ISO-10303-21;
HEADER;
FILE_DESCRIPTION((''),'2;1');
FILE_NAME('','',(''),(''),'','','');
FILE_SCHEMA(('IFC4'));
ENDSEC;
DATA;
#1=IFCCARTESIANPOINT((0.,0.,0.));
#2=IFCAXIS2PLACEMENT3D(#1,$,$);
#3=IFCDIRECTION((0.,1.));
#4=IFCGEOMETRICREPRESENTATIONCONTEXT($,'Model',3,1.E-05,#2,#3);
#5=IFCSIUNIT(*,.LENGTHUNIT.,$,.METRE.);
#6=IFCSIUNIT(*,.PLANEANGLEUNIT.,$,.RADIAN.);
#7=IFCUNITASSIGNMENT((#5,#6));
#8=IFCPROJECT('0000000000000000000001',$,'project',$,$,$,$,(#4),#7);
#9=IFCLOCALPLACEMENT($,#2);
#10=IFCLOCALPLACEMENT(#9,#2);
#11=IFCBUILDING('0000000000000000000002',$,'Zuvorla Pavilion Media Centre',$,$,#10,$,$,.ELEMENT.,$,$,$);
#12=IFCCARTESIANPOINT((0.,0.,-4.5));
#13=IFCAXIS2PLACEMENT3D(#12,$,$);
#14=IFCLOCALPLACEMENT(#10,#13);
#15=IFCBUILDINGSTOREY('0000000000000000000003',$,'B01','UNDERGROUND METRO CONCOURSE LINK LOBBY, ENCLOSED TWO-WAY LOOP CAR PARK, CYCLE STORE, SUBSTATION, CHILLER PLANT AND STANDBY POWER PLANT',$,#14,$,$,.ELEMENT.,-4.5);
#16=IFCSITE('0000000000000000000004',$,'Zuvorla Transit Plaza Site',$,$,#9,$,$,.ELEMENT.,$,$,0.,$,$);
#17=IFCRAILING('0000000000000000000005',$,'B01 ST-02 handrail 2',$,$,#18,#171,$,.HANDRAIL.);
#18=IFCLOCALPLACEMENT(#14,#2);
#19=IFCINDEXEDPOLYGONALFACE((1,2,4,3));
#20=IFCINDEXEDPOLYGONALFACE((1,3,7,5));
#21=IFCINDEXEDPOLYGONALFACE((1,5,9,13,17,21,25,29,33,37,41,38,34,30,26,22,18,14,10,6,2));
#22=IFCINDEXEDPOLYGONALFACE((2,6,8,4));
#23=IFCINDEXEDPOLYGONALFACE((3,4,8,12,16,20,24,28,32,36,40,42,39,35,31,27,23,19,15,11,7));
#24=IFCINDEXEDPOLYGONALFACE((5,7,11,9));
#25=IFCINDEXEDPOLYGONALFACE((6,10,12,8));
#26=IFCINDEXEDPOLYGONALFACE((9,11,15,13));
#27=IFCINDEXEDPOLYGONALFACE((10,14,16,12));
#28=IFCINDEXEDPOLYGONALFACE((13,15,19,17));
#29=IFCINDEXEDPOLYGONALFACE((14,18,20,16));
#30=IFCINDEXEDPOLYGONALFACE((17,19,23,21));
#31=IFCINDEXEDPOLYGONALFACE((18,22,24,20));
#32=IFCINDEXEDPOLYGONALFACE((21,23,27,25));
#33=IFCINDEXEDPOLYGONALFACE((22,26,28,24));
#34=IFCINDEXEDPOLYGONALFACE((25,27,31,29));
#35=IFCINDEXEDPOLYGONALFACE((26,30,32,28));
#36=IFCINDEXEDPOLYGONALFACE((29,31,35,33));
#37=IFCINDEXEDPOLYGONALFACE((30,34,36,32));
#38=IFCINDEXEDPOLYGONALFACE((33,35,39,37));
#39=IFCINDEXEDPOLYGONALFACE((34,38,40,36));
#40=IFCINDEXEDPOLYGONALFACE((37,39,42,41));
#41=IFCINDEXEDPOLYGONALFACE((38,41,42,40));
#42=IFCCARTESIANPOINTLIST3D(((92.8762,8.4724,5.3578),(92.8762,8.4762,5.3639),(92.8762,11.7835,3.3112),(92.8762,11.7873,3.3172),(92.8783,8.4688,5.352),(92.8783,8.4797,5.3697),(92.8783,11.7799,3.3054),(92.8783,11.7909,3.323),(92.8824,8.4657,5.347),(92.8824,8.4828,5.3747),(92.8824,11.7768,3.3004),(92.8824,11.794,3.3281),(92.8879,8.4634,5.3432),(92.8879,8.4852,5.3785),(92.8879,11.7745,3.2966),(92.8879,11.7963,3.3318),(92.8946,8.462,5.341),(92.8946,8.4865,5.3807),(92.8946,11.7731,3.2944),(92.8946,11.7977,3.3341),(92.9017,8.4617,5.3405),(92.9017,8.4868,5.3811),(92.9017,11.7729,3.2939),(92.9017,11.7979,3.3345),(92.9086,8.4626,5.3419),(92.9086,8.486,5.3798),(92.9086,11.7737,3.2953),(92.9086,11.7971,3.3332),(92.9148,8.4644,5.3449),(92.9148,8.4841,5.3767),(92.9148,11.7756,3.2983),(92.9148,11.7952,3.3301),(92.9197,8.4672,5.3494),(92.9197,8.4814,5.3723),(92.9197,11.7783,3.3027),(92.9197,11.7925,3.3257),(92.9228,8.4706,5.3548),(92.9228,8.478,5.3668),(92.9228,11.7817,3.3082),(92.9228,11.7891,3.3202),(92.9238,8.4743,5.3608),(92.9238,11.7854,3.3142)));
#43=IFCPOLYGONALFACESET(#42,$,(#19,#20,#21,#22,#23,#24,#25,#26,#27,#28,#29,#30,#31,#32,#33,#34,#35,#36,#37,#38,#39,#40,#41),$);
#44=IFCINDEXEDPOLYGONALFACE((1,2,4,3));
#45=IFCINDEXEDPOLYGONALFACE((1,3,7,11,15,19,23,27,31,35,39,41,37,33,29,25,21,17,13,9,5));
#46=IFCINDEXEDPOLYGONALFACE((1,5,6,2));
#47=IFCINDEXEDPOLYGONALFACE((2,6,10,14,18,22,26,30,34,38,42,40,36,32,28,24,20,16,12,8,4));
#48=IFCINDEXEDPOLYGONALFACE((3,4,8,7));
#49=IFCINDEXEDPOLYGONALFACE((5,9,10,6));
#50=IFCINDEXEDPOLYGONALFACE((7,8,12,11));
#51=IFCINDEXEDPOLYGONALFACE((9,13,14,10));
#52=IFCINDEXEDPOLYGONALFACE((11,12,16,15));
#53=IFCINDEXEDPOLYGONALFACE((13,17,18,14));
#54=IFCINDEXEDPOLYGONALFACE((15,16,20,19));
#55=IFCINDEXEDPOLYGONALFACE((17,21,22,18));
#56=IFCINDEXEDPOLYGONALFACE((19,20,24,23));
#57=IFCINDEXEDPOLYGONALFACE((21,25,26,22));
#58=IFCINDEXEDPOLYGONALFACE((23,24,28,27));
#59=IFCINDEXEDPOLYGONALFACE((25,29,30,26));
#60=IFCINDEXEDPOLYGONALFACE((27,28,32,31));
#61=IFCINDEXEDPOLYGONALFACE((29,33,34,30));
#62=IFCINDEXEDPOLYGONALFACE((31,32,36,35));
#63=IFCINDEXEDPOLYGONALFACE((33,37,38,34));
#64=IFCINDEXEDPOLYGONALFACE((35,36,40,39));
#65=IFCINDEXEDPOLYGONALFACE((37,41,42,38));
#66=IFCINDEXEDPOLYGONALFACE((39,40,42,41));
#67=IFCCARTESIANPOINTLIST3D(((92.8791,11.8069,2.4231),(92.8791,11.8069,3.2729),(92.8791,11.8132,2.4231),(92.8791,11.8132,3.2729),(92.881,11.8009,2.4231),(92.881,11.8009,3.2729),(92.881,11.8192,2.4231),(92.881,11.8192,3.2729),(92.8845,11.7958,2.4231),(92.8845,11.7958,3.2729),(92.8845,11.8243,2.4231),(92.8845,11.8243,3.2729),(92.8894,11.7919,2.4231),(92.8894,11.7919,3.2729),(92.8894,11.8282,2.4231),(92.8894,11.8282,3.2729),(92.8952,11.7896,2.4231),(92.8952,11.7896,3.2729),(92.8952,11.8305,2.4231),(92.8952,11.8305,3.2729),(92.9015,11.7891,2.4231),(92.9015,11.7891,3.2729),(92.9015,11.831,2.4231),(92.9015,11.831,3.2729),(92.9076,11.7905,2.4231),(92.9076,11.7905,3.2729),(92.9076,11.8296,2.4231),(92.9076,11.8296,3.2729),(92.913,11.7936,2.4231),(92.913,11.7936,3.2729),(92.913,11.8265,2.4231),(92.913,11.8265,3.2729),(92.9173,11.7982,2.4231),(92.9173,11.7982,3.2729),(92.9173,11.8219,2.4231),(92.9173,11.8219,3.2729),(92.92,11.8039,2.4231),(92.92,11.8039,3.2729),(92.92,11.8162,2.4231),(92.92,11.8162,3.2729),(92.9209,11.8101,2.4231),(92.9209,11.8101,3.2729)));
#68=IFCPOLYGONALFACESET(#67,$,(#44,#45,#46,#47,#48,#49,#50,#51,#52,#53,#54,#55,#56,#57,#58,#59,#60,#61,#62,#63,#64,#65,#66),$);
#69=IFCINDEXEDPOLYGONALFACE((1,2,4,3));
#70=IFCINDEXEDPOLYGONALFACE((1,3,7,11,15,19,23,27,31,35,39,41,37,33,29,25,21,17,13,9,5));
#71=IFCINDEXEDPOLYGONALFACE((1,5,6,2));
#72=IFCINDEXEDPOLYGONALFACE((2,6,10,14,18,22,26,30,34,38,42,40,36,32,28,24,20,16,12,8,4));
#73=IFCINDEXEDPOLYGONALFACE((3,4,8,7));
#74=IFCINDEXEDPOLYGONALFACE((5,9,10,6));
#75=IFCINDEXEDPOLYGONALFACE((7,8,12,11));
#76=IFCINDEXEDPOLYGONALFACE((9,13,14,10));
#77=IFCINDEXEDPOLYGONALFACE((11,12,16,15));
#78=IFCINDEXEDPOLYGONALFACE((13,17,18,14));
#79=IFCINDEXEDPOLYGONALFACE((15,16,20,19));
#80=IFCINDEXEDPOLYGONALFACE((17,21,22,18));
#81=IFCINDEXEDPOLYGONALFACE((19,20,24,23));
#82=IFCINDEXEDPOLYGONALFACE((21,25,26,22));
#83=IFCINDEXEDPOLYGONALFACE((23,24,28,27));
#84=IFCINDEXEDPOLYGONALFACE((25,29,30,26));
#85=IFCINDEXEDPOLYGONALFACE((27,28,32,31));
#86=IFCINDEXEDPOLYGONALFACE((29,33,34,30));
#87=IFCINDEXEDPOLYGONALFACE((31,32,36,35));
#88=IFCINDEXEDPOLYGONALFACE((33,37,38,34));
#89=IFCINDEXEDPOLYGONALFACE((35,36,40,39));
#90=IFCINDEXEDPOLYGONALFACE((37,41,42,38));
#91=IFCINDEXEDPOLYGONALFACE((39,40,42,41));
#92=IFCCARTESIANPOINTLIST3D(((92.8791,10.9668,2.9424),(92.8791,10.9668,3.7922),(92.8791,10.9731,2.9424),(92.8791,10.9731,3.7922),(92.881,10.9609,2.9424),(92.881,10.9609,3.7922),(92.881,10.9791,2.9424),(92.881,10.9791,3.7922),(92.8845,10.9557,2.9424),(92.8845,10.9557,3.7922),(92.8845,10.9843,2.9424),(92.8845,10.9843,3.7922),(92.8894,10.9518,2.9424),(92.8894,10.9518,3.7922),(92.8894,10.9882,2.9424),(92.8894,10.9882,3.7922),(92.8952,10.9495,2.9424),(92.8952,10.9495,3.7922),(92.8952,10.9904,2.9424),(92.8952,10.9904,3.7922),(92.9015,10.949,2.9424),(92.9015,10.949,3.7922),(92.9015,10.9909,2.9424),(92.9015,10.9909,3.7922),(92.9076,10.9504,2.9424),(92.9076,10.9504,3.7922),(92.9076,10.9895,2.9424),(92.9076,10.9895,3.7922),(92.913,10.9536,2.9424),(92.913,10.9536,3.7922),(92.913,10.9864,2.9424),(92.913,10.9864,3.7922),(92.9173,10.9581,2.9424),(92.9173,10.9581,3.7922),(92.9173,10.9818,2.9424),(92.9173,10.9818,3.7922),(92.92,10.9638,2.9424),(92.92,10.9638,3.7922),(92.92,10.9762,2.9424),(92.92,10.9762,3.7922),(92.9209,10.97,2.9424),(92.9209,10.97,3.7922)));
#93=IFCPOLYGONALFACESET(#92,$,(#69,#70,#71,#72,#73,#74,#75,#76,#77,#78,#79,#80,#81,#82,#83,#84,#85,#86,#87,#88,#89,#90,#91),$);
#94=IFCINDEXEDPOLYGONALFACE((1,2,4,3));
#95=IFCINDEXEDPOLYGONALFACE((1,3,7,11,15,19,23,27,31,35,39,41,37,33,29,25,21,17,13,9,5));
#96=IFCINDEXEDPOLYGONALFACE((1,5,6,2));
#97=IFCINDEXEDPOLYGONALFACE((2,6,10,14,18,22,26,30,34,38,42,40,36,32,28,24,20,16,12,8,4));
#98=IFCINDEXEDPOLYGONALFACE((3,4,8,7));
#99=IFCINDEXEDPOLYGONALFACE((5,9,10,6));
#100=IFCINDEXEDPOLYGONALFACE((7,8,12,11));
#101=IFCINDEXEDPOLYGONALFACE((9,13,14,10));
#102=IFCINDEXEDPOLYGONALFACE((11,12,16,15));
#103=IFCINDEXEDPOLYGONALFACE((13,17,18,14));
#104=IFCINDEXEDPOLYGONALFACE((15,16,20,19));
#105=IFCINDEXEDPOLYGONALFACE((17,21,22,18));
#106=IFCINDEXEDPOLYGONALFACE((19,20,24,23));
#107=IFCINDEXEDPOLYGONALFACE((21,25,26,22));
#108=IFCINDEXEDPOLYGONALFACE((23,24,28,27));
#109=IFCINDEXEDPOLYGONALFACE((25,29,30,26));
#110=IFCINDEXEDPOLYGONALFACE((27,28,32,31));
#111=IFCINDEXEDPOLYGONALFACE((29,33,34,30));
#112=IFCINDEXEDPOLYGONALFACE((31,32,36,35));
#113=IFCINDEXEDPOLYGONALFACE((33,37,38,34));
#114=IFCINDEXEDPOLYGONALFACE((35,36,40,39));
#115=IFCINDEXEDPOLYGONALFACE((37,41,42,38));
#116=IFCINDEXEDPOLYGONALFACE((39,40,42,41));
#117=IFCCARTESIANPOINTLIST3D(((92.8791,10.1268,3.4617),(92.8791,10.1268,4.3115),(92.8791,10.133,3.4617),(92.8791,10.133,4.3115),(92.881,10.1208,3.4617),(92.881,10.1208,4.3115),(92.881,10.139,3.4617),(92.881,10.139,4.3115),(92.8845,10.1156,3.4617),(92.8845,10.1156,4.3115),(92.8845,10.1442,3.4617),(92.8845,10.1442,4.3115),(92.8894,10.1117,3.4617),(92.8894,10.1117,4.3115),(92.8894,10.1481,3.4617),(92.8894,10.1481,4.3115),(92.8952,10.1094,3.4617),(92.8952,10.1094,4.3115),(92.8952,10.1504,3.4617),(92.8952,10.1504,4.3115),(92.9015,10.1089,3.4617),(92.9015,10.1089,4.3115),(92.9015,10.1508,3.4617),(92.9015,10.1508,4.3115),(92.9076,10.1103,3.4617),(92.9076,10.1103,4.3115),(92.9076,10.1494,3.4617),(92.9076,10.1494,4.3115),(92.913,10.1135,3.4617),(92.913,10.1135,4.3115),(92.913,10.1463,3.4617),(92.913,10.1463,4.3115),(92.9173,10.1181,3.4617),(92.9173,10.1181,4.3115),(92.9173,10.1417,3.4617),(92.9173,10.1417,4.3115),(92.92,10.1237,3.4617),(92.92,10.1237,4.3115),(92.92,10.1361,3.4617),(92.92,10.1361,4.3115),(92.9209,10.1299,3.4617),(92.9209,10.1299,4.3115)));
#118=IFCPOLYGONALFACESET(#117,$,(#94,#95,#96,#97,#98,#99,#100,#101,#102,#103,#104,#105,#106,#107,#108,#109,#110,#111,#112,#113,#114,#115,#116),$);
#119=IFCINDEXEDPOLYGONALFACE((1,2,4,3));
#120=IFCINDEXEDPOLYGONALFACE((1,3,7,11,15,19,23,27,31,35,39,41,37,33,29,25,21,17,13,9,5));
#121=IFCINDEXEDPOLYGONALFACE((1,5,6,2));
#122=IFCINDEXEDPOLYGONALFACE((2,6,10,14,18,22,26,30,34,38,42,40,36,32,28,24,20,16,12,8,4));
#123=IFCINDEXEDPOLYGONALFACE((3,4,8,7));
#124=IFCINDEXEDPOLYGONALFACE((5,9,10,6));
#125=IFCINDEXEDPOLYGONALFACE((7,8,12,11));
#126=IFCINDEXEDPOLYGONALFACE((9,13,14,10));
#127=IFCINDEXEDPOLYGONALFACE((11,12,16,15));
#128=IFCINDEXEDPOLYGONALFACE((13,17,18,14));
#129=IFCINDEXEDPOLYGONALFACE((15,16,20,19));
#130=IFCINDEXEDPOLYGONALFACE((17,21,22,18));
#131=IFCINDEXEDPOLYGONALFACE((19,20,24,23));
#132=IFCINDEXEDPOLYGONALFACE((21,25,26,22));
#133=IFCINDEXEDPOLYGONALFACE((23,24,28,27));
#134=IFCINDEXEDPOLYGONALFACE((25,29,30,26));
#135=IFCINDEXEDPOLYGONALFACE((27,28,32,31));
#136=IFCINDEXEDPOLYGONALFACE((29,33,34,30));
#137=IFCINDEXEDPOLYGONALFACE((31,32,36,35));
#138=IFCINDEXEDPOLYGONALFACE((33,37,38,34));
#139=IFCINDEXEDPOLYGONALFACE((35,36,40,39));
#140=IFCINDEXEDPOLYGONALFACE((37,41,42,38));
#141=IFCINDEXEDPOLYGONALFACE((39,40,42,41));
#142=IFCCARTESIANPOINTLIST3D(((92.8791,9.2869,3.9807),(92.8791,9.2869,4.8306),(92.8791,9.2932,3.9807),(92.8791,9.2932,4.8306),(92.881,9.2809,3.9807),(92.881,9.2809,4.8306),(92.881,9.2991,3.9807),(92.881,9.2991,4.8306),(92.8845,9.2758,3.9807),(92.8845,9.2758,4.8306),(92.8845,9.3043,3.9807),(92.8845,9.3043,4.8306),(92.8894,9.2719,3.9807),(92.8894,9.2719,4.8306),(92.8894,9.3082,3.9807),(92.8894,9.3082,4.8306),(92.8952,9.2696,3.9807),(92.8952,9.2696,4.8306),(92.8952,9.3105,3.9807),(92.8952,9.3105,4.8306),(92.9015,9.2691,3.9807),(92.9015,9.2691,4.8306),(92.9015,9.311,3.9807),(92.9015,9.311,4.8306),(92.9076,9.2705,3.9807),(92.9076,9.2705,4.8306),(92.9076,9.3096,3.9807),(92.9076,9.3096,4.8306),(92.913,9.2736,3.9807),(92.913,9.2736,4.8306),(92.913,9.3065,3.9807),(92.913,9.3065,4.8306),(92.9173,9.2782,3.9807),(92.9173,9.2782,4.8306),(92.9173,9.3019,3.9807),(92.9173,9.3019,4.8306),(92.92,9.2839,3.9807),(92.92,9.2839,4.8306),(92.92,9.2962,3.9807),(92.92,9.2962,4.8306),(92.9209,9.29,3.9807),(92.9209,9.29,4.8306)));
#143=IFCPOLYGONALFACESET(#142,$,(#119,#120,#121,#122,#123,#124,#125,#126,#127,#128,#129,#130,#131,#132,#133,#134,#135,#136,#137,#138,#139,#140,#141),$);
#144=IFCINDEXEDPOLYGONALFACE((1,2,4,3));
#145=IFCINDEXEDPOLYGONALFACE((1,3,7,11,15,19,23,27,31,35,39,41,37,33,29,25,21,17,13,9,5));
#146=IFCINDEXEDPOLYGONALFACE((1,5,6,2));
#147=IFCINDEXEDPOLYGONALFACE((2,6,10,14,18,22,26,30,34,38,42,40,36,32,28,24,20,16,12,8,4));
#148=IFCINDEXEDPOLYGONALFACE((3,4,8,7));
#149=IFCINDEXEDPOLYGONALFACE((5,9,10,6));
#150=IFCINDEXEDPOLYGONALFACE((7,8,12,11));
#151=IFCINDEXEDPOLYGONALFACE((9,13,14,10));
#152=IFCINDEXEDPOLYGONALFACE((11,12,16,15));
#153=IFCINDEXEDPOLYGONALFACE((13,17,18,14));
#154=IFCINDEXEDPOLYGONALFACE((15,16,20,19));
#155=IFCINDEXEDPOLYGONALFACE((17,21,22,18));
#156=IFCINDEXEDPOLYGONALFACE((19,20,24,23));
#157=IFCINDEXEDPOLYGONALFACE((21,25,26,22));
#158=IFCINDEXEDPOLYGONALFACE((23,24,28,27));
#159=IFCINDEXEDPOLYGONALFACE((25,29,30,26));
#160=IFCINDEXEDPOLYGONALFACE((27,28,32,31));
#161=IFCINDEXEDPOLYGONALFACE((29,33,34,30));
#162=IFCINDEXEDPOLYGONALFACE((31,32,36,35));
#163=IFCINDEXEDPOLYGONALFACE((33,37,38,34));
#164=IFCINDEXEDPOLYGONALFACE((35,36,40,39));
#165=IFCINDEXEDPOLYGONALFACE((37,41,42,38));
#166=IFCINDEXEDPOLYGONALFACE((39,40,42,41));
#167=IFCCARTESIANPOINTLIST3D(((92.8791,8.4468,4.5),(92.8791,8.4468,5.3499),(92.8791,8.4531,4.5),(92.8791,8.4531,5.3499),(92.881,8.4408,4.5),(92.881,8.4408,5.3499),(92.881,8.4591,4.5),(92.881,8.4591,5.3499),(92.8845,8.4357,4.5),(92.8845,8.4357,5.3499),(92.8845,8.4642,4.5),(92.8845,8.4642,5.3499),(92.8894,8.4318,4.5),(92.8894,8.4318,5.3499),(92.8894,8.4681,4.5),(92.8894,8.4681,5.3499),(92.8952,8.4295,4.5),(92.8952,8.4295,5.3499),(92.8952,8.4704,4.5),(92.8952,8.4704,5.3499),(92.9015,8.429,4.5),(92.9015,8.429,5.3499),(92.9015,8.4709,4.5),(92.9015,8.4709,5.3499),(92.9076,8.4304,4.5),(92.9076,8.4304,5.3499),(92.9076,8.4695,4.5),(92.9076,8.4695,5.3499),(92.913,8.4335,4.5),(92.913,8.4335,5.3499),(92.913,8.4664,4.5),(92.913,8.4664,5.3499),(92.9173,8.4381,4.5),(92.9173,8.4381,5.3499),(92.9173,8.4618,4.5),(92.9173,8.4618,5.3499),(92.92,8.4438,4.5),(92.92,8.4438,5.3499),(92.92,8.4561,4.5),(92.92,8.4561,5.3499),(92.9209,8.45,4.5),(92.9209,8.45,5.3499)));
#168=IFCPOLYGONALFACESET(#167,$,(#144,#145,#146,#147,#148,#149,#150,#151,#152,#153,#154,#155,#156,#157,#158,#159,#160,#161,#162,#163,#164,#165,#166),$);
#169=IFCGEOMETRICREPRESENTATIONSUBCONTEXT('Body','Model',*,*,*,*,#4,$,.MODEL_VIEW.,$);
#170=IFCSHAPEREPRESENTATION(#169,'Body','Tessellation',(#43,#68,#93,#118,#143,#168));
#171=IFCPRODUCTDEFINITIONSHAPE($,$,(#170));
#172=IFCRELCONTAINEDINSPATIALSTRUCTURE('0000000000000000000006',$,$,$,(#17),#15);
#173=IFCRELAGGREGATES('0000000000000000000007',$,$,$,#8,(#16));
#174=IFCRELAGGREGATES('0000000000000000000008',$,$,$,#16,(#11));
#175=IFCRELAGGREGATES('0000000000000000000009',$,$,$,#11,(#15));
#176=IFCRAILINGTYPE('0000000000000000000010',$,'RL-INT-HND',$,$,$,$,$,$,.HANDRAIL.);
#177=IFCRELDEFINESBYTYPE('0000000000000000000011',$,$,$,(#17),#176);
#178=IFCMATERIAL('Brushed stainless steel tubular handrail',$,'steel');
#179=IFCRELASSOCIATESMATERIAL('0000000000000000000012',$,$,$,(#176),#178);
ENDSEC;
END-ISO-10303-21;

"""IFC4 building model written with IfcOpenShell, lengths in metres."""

from ifc_helpers import new_model, si_unit, direction, frame, origin, origin_2d, place, context, subcontext, project, spatial, circle, extrude, material, type_object, element, save


model = new_model("IFC4")

# Units and contexts
model_context = context("Model", 3, precision=1e-05, world=origin(), true_north=direction((0.0, 1.0)))
body_context = subcontext(model_context, "Body", "Model", "MODEL_VIEW")
ifc_project = project(units=[si_unit("LENGTHUNIT", "METRE"), si_unit("PLANEANGLEUNIT", "RADIAN")], contexts=[model_context])

# Site, building, storey
site_placement = place(None, origin())
site = spatial("IfcSite", under=ifc_project, at=site_placement, Name="Zuvorla Transit Plaza Site", CompositionType="ELEMENT", RefElevation=0.0)
building_placement = place(site_placement, origin())
building = spatial("IfcBuilding", under=site, at=building_placement, Name="Zuvorla Pavilion Media Centre", CompositionType="ELEMENT")
storey_placement = place(building_placement, frame((0.0, 0.0, -4.5)))
storey = spatial("IfcBuildingStorey", under=building, at=storey_placement, Name="B01", Description="UNDERGROUND METRO CONCOURSE LINK LOBBY, ENCLOSED TWO-WAY LOOP CAR PARK, CYCLE STORE, SUBSTATION, CHILLER PLANT AND STANDBY POWER PLANT", CompositionType="ELEMENT", Elevation=-4.5)

# Railing
ifc_material_1 = material(Name="Brushed stainless steel tubular handrail", Category="steel")
railing_type = type_object("IfcRailingType", Name="RL-INT-HND", PredefinedType="HANDRAIL", material=ifc_material_1)
railing_placement = place(storey_placement, frame((92.8999, 11.8101, 2.4231)))
element("IfcRailing", 1, at=railing_placement, inside=storey, type_object=railing_type, Name="B01 ST-02 handrail 2", PredefinedType="HANDRAIL", context=body_context, shape_type="SweptSolid", body=[
    extrude(circle(Radius=0.0239, at=origin_2d()), frame((0.0, -0.0247, 0.8911), z_axis=(0.0, -0.850623, 0.525776), x_axis=(1.0, 0.0, 0.0)), (0.0, 0.0, 1.0), 3.8926),
    extrude(circle(Radius=0.021, at=origin_2d()), origin(), (0.0, 0.0, 1.0), 0.8499),
    extrude(circle(Radius=0.021, at=origin_2d()), frame((0.0, -0.8401, 0.5193)), (0.0, 0.0, 1.0), 0.8499),
    extrude(circle(Radius=0.021, at=origin_2d()), frame((0.0, -1.6802, 1.0386)), (0.0, 0.0, 1.0), 0.8499),
    extrude(circle(Radius=0.021, at=origin_2d()), frame((0.0, -2.52, 1.5576)), (0.0, 0.0, 1.0), 0.8499),
    extrude(circle(Radius=0.021, at=origin_2d()), frame((0.0, -3.3601, 2.0769)), (0.0, 0.0, 1.0), 0.8499),
])

save(model, "model.ifc")
